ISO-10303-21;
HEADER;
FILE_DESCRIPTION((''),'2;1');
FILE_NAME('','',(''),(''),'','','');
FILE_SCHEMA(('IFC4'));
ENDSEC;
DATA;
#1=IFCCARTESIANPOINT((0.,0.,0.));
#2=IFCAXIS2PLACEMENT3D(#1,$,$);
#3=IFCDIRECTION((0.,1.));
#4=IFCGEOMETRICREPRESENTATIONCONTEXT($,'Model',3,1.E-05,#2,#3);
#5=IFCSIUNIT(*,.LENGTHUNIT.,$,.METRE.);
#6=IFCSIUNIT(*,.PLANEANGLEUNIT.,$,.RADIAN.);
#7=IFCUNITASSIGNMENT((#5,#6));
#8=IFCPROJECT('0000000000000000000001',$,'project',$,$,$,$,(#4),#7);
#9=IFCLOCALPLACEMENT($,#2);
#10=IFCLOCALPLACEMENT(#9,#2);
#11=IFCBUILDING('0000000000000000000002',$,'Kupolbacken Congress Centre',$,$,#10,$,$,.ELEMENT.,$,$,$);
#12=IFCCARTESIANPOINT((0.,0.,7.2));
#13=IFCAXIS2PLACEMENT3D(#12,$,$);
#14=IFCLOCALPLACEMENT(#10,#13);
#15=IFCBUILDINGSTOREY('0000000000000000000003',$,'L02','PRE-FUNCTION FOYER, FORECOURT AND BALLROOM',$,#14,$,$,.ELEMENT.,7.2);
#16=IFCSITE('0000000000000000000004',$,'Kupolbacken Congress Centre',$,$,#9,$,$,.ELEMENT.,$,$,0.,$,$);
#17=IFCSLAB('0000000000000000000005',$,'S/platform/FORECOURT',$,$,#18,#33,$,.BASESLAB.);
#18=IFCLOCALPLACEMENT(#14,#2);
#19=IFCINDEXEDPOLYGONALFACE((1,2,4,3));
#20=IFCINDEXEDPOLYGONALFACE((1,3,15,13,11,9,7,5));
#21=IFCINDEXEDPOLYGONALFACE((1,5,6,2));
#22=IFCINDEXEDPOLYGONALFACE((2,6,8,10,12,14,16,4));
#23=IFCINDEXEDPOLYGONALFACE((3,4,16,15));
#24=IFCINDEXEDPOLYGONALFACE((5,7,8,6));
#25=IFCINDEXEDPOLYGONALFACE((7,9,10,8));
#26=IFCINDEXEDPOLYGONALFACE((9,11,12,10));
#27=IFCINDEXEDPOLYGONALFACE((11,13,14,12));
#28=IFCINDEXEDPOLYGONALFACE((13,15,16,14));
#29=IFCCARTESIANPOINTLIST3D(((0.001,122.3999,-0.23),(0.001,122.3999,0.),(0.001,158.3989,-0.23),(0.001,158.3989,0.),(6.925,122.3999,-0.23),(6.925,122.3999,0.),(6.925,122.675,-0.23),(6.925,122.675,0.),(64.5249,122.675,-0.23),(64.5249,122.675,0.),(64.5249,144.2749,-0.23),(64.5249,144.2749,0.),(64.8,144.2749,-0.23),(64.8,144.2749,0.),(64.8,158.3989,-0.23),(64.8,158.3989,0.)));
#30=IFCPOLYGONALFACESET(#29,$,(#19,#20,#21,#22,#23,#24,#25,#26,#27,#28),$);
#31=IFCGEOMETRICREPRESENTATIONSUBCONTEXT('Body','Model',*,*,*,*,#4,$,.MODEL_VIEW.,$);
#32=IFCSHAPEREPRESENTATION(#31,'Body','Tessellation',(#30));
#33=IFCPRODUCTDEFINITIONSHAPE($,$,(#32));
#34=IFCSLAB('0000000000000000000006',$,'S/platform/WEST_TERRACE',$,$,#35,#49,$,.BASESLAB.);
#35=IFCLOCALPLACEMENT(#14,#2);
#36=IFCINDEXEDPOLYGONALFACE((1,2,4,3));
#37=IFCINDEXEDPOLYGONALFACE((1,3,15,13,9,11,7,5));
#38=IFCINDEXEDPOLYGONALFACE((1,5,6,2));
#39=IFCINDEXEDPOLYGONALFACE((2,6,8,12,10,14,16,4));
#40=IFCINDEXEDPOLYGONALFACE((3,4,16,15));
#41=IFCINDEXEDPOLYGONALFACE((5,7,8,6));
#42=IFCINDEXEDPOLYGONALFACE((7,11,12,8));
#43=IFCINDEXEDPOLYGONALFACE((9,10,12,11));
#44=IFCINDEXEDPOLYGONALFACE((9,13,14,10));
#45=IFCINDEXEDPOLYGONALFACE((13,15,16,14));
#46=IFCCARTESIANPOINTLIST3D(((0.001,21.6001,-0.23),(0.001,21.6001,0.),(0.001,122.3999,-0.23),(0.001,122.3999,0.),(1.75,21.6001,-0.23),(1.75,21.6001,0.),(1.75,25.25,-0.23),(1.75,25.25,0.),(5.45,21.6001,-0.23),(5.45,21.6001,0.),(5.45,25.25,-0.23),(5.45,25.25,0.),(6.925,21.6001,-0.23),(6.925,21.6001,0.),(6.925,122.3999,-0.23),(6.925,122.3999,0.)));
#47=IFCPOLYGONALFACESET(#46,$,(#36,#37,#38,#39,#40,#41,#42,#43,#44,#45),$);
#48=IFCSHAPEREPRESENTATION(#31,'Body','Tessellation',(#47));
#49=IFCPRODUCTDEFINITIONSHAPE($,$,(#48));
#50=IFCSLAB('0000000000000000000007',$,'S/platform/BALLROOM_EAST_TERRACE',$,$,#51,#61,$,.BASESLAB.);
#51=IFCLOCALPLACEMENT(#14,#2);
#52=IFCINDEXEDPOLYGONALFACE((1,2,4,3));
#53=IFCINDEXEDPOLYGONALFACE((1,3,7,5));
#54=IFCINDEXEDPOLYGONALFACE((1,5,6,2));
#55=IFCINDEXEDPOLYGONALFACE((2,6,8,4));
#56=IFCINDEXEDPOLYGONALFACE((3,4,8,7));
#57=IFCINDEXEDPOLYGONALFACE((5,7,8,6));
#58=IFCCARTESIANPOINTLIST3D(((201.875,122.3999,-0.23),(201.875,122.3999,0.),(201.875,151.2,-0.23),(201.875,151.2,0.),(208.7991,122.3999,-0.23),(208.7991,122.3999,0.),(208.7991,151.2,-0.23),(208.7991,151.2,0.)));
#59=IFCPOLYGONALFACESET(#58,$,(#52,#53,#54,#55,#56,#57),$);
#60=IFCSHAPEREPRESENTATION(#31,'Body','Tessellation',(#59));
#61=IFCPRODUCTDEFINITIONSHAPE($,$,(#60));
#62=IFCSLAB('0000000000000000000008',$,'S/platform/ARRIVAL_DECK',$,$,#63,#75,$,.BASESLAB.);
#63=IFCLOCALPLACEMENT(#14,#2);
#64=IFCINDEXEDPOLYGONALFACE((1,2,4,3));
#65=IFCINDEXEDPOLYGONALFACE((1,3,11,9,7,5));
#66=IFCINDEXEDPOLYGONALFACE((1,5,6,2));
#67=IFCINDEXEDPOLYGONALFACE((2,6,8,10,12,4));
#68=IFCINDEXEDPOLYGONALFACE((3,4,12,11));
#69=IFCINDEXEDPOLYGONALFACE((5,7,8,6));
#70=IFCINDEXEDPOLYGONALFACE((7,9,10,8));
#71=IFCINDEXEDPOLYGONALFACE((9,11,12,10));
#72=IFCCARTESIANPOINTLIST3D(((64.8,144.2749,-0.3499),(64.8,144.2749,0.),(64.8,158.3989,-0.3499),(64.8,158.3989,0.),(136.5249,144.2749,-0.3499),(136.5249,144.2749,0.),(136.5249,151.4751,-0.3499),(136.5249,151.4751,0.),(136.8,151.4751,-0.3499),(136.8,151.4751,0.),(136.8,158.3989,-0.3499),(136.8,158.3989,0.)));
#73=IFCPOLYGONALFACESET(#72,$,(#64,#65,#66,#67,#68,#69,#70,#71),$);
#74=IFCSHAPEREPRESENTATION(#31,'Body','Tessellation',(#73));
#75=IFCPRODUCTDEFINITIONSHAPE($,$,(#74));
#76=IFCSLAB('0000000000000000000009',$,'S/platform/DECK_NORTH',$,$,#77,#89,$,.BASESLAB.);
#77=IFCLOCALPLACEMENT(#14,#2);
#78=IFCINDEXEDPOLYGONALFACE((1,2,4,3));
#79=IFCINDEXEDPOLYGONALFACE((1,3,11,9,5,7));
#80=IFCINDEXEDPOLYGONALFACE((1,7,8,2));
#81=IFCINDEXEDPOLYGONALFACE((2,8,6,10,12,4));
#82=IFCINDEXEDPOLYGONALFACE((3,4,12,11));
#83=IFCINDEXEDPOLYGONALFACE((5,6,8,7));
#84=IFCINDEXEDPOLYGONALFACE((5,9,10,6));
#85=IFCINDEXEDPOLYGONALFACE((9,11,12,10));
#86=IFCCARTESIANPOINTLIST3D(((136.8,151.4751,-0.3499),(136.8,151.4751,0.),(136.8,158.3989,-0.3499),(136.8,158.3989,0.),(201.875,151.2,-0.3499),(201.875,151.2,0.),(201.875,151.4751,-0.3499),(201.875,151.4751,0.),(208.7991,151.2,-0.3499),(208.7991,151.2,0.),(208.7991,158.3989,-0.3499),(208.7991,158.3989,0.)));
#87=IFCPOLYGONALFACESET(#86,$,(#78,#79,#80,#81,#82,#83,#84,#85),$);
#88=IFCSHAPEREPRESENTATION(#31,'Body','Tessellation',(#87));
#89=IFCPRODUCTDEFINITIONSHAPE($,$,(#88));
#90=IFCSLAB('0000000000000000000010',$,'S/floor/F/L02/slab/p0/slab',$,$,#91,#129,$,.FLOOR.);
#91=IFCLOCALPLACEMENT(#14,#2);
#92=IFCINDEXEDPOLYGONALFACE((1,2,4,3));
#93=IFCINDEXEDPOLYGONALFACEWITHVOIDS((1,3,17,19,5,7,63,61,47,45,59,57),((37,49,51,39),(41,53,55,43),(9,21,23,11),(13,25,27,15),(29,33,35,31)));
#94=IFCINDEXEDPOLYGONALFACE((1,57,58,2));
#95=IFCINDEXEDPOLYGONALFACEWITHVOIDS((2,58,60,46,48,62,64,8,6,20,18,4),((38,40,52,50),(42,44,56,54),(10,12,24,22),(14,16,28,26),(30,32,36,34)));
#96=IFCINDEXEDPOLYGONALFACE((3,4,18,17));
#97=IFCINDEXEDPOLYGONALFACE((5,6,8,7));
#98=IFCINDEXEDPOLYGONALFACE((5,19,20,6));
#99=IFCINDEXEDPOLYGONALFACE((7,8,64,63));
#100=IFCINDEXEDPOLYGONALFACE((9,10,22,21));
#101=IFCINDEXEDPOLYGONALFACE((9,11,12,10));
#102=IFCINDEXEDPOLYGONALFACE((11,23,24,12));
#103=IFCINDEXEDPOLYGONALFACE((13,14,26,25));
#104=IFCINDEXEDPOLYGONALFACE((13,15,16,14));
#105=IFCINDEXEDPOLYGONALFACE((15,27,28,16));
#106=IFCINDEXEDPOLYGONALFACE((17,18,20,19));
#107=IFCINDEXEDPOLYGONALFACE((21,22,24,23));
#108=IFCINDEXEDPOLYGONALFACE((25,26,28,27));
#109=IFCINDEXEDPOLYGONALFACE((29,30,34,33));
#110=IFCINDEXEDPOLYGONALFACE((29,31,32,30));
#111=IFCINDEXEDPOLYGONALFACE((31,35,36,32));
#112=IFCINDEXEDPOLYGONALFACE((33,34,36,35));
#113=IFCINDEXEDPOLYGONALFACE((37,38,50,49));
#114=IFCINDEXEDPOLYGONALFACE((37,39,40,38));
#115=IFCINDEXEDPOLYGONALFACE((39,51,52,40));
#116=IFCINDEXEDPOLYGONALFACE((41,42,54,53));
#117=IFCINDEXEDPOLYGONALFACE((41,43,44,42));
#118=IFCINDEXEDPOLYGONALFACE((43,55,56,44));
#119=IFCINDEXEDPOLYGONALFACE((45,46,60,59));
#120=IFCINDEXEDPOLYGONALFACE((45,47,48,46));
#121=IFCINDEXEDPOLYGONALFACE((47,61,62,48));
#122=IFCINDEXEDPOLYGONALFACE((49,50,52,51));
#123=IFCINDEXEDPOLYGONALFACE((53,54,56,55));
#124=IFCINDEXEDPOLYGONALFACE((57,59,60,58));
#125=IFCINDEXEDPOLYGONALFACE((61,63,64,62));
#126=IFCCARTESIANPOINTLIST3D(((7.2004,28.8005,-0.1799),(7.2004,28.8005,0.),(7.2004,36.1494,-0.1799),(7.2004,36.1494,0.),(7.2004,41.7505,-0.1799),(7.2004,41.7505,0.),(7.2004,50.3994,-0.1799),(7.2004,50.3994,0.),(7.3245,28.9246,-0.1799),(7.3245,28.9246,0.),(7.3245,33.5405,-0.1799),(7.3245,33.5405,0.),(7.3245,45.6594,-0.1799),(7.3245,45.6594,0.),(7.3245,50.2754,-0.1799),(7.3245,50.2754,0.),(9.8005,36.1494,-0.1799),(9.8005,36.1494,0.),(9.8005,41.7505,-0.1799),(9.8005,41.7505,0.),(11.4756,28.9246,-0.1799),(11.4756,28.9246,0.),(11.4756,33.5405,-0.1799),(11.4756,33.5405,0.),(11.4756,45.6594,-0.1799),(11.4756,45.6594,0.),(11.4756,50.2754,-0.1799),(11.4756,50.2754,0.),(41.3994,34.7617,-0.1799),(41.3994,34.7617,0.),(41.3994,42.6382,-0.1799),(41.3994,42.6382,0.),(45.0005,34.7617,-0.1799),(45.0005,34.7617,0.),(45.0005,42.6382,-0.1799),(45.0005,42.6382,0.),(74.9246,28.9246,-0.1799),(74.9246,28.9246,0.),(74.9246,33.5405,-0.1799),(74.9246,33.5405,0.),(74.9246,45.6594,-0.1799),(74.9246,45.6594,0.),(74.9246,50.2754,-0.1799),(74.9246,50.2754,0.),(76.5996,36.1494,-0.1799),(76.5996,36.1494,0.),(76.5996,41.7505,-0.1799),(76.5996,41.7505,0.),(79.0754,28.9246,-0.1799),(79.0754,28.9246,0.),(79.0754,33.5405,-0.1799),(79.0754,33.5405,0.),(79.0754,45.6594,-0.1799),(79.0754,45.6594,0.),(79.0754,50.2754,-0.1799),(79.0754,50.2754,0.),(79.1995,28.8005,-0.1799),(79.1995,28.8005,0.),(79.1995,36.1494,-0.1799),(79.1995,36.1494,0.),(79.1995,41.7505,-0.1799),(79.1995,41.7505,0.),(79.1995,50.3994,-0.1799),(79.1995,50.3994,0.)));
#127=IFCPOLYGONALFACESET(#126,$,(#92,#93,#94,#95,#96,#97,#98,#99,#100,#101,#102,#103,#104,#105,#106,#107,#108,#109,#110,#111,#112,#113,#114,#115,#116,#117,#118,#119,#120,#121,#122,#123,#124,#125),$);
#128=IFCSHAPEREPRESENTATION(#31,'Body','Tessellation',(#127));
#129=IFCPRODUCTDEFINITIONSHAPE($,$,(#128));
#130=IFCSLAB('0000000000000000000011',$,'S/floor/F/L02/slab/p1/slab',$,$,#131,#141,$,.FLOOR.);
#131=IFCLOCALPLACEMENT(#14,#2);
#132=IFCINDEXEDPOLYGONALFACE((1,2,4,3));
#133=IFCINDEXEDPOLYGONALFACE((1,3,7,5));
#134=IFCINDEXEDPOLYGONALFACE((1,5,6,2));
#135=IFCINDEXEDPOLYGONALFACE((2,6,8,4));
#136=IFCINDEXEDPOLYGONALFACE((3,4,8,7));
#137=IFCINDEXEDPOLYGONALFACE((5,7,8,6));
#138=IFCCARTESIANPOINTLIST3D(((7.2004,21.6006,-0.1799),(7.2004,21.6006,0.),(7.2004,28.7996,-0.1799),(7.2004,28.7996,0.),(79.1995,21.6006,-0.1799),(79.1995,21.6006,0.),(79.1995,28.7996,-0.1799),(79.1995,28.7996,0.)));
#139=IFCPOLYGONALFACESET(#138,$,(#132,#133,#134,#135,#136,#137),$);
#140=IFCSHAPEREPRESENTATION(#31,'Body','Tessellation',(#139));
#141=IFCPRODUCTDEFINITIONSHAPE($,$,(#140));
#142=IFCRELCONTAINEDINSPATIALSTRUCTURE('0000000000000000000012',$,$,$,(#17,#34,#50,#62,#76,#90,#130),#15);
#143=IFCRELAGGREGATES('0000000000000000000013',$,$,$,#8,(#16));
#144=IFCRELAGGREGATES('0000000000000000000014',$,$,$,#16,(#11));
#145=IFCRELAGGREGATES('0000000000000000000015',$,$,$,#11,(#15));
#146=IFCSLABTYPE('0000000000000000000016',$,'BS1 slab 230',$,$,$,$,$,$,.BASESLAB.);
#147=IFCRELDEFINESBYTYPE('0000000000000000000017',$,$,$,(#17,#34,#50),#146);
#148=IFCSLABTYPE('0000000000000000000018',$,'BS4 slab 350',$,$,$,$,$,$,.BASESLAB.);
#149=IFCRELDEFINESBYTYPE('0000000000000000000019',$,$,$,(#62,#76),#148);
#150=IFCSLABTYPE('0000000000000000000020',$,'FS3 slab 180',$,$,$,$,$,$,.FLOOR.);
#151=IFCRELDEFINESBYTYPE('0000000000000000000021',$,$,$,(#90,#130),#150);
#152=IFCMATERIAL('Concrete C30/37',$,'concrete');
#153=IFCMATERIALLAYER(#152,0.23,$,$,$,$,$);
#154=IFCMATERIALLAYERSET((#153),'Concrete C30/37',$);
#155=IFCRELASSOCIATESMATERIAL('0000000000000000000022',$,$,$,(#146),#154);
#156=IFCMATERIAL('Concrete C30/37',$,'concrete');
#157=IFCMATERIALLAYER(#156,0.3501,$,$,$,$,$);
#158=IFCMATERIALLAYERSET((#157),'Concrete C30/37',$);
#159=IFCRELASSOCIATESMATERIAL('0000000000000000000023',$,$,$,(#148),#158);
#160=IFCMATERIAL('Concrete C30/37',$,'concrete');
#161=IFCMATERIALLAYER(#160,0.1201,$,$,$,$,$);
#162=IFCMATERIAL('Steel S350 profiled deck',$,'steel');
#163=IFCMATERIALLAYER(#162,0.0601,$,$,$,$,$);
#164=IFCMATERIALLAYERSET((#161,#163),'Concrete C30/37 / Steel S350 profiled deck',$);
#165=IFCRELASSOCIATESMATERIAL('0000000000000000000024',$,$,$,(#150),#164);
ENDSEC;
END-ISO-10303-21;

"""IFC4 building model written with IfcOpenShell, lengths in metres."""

from ifc_helpers import new_model, si_unit, direction, frame, origin, place, context, subcontext, project, spatial, polyline, outline, extrude, material, layer, layer_set, type_object, element, save


model = new_model("IFC4")

# Units and contexts
model_context = context("Model", 3, precision=1e-05, world=origin(), true_north=direction((0.0, 1.0)))
body_context = subcontext(model_context, "Body", "Model", "MODEL_VIEW")
ifc_project = project(units=[si_unit("LENGTHUNIT", "METRE"), si_unit("PLANEANGLEUNIT", "RADIAN")], contexts=[model_context])

# Site, building, storey
site_placement = place(None, origin())
site = spatial("IfcSite", under=ifc_project, at=site_placement, Name="Kupolbacken Congress Centre", CompositionType="ELEMENT", RefElevation=0.0)
building_placement = place(site_placement, origin())
building = spatial("IfcBuilding", under=site, at=building_placement, Name="Kupolbacken Congress Centre", CompositionType="ELEMENT")
storey_placement = place(building_placement, frame((0.0, 0.0, 7.2)))
storey = spatial("IfcBuildingStorey", under=building, at=storey_placement, Name="L02", Description="PRE-FUNCTION FOYER, FORECOURT AND BALLROOM", CompositionType="ELEMENT", Elevation=7.2)

# Slabs
ifc_material_1 = material(Name="Concrete C30/37", Category="concrete")
ifc_layer_1 = layer(ifc_material_1, 0.23)
ifc_layer_set_1 = layer_set([ifc_layer_1], Name="Concrete C30/37")
slab_type_1 = type_object("IfcSlabType", Name="BS1 slab 230", PredefinedType="BASESLAB", material=ifc_layer_set_1)
slab_1_placement = place(storey_placement, frame((0.0, 0.0, -0.23)))
element("IfcSlab", 1, at=slab_1_placement, inside=storey, type_object=slab_type_1, Name="S/platform/FORECOURT", PredefinedType="BASESLAB", context=body_context, shape_type="SweptSolid", body=[
    extrude(outline(polyline([(64.8, 158.3989), (0.001, 158.3989), (0.001, 122.3999), (6.925, 122.3999), (6.925, 122.675), (64.5249, 122.675), (64.5249, 144.2749), (64.8, 144.2749), (64.8, 158.3989)])), origin(), (0.0, 0.0, 1.0), 0.23),
])
slab_2_placement = place(storey_placement, frame((0.0, 0.0, -0.23)))
element("IfcSlab", 2, at=slab_2_placement, inside=storey, type_object=slab_type_1, Name="S/platform/WEST_TERRACE", PredefinedType="BASESLAB", context=body_context, shape_type="SweptSolid", body=[
    extrude(outline(polyline([(0.001, 122.3999), (0.001, 21.6001), (1.75, 21.6001), (1.75, 25.25), (5.45, 25.25), (5.45, 21.6001), (6.925, 21.6001), (6.925, 122.3999), (0.001, 122.3999)])), origin(), (0.0, 0.0, 1.0), 0.23),
])
slab_3_placement = place(storey_placement, frame((0.0, 0.0, -0.23)))
element("IfcSlab", 3, at=slab_3_placement, inside=storey, type_object=slab_type_1, Name="S/platform/BALLROOM_EAST_TERRACE", PredefinedType="BASESLAB", context=body_context, shape_type="SweptSolid", body=[
    extrude(outline(polyline([(208.7991, 122.3999), (208.7991, 151.2), (201.875, 151.2), (201.875, 122.3999), (208.7991, 122.3999)])), origin(), (0.0, 0.0, 1.0), 0.23),
])
ifc_material_2 = material(Name="Concrete C30/37", Category="concrete")
ifc_layer_2 = layer(ifc_material_2, 0.3501)
ifc_layer_set_2 = layer_set([ifc_layer_2], Name="Concrete C30/37")
slab_type_2 = type_object("IfcSlabType", Name="BS4 slab 350", PredefinedType="BASESLAB", material=ifc_layer_set_2)
slab_4_placement = place(storey_placement, frame((0.0, 0.0, -0.3499)))
element("IfcSlab", 4, at=slab_4_placement, inside=storey, type_object=slab_type_2, Name="S/platform/ARRIVAL_DECK", PredefinedType="BASESLAB", context=body_context, shape_type="SweptSolid", body=[
    extrude(outline(polyline([(136.8, 158.3989), (64.8, 158.3989), (64.8, 144.2749), (136.5249, 144.2749), (136.5249, 151.4751), (136.8, 151.4751), (136.8, 158.3989)])), origin(), (0.0, 0.0, 1.0), 0.3499),
])
slab_5_placement = place(storey_placement, frame((0.0, 0.0, -0.3499)))
element("IfcSlab", 5, at=slab_5_placement, inside=storey, type_object=slab_type_2, Name="S/platform/DECK_NORTH", PredefinedType="BASESLAB", context=body_context, shape_type="SweptSolid", body=[
    extrude(outline(polyline([(208.7991, 151.2), (208.7991, 158.3989), (136.8, 158.3989), (136.8, 151.4751), (201.875, 151.4751), (201.875, 151.2), (208.7991, 151.2)])), origin(), (0.0, 0.0, 1.0), 0.3499),
])
ifc_material_3 = material(Name="Concrete C30/37", Category="concrete")
ifc_layer_3 = layer(ifc_material_3, 0.1201)
ifc_material_4 = material(Name="Steel S350 profiled deck", Category="steel")
ifc_layer_4 = layer(ifc_material_4, 0.0601)
ifc_layer_set_3 = layer_set([ifc_layer_3, ifc_layer_4], Name="Concrete C30/37 / Steel S350 profiled deck")
slab_type_3 = type_object("IfcSlabType", Name="FS3 slab 180", PredefinedType="FLOOR", material=ifc_layer_set_3)
slab_6_placement = place(storey_placement, frame((0.0, 0.0, -0.1799)))
element("IfcSlab", 6, at=slab_6_placement, inside=storey, type_object=slab_type_3, Name="S/floor/F/L02/slab/p0/slab", PredefinedType="FLOOR", context=body_context, shape_type="SweptSolid", body=[
    extrude(outline(polyline([(79.1995, 28.8005), (79.1995, 36.1494), (76.5996, 36.1494), (76.5996, 41.7505), (79.1995, 41.7505), (79.1995, 50.3994), (7.2004, 50.3994), (7.2004, 41.7505), (9.8005, 41.7505), (9.8005, 36.1494), (7.2004, 36.1494), (7.2004, 28.8005), (79.1995, 28.8005)]), holes=[polyline([(79.0754, 33.5405), (79.0754, 28.9246), (74.9246, 28.9246), (74.9246, 33.5405), (79.0754, 33.5405)]), polyline([(79.0754, 45.6594), (74.9246, 45.6594), (74.9246, 50.2754), (79.0754, 50.2754), (79.0754, 45.6594)]), polyline([(41.3994, 34.7617), (41.3994, 42.6382), (45.0005, 42.6382), (45.0005, 34.7617), (41.3994, 34.7617)]), polyline([(7.3245, 33.5405), (11.4756, 33.5405), (11.4756, 28.9246), (7.3245, 28.9246), (7.3245, 33.5405)]), polyline([(11.4756, 45.6594), (7.3245, 45.6594), (7.3245, 50.2754), (11.4756, 50.2754), (11.4756, 45.6594)])]), origin(), (0.0, 0.0, 1.0), 0.1799),
])
slab_7_placement = place(storey_placement, frame((0.0, 0.0, -0.1799)))
element("IfcSlab", 7, at=slab_7_placement, inside=storey, type_object=slab_type_3, Name="S/floor/F/L02/slab/p1/slab", PredefinedType="FLOOR", context=body_context, shape_type="SweptSolid", body=[
    extrude(outline(polyline([(79.1995, 28.7996), (7.2004, 28.7996), (7.2004, 21.6006), (79.1995, 21.6006), (79.1995, 28.7996)])), origin(), (0.0, 0.0, 1.0), 0.1799),
])

save(model, "model.ifc")
